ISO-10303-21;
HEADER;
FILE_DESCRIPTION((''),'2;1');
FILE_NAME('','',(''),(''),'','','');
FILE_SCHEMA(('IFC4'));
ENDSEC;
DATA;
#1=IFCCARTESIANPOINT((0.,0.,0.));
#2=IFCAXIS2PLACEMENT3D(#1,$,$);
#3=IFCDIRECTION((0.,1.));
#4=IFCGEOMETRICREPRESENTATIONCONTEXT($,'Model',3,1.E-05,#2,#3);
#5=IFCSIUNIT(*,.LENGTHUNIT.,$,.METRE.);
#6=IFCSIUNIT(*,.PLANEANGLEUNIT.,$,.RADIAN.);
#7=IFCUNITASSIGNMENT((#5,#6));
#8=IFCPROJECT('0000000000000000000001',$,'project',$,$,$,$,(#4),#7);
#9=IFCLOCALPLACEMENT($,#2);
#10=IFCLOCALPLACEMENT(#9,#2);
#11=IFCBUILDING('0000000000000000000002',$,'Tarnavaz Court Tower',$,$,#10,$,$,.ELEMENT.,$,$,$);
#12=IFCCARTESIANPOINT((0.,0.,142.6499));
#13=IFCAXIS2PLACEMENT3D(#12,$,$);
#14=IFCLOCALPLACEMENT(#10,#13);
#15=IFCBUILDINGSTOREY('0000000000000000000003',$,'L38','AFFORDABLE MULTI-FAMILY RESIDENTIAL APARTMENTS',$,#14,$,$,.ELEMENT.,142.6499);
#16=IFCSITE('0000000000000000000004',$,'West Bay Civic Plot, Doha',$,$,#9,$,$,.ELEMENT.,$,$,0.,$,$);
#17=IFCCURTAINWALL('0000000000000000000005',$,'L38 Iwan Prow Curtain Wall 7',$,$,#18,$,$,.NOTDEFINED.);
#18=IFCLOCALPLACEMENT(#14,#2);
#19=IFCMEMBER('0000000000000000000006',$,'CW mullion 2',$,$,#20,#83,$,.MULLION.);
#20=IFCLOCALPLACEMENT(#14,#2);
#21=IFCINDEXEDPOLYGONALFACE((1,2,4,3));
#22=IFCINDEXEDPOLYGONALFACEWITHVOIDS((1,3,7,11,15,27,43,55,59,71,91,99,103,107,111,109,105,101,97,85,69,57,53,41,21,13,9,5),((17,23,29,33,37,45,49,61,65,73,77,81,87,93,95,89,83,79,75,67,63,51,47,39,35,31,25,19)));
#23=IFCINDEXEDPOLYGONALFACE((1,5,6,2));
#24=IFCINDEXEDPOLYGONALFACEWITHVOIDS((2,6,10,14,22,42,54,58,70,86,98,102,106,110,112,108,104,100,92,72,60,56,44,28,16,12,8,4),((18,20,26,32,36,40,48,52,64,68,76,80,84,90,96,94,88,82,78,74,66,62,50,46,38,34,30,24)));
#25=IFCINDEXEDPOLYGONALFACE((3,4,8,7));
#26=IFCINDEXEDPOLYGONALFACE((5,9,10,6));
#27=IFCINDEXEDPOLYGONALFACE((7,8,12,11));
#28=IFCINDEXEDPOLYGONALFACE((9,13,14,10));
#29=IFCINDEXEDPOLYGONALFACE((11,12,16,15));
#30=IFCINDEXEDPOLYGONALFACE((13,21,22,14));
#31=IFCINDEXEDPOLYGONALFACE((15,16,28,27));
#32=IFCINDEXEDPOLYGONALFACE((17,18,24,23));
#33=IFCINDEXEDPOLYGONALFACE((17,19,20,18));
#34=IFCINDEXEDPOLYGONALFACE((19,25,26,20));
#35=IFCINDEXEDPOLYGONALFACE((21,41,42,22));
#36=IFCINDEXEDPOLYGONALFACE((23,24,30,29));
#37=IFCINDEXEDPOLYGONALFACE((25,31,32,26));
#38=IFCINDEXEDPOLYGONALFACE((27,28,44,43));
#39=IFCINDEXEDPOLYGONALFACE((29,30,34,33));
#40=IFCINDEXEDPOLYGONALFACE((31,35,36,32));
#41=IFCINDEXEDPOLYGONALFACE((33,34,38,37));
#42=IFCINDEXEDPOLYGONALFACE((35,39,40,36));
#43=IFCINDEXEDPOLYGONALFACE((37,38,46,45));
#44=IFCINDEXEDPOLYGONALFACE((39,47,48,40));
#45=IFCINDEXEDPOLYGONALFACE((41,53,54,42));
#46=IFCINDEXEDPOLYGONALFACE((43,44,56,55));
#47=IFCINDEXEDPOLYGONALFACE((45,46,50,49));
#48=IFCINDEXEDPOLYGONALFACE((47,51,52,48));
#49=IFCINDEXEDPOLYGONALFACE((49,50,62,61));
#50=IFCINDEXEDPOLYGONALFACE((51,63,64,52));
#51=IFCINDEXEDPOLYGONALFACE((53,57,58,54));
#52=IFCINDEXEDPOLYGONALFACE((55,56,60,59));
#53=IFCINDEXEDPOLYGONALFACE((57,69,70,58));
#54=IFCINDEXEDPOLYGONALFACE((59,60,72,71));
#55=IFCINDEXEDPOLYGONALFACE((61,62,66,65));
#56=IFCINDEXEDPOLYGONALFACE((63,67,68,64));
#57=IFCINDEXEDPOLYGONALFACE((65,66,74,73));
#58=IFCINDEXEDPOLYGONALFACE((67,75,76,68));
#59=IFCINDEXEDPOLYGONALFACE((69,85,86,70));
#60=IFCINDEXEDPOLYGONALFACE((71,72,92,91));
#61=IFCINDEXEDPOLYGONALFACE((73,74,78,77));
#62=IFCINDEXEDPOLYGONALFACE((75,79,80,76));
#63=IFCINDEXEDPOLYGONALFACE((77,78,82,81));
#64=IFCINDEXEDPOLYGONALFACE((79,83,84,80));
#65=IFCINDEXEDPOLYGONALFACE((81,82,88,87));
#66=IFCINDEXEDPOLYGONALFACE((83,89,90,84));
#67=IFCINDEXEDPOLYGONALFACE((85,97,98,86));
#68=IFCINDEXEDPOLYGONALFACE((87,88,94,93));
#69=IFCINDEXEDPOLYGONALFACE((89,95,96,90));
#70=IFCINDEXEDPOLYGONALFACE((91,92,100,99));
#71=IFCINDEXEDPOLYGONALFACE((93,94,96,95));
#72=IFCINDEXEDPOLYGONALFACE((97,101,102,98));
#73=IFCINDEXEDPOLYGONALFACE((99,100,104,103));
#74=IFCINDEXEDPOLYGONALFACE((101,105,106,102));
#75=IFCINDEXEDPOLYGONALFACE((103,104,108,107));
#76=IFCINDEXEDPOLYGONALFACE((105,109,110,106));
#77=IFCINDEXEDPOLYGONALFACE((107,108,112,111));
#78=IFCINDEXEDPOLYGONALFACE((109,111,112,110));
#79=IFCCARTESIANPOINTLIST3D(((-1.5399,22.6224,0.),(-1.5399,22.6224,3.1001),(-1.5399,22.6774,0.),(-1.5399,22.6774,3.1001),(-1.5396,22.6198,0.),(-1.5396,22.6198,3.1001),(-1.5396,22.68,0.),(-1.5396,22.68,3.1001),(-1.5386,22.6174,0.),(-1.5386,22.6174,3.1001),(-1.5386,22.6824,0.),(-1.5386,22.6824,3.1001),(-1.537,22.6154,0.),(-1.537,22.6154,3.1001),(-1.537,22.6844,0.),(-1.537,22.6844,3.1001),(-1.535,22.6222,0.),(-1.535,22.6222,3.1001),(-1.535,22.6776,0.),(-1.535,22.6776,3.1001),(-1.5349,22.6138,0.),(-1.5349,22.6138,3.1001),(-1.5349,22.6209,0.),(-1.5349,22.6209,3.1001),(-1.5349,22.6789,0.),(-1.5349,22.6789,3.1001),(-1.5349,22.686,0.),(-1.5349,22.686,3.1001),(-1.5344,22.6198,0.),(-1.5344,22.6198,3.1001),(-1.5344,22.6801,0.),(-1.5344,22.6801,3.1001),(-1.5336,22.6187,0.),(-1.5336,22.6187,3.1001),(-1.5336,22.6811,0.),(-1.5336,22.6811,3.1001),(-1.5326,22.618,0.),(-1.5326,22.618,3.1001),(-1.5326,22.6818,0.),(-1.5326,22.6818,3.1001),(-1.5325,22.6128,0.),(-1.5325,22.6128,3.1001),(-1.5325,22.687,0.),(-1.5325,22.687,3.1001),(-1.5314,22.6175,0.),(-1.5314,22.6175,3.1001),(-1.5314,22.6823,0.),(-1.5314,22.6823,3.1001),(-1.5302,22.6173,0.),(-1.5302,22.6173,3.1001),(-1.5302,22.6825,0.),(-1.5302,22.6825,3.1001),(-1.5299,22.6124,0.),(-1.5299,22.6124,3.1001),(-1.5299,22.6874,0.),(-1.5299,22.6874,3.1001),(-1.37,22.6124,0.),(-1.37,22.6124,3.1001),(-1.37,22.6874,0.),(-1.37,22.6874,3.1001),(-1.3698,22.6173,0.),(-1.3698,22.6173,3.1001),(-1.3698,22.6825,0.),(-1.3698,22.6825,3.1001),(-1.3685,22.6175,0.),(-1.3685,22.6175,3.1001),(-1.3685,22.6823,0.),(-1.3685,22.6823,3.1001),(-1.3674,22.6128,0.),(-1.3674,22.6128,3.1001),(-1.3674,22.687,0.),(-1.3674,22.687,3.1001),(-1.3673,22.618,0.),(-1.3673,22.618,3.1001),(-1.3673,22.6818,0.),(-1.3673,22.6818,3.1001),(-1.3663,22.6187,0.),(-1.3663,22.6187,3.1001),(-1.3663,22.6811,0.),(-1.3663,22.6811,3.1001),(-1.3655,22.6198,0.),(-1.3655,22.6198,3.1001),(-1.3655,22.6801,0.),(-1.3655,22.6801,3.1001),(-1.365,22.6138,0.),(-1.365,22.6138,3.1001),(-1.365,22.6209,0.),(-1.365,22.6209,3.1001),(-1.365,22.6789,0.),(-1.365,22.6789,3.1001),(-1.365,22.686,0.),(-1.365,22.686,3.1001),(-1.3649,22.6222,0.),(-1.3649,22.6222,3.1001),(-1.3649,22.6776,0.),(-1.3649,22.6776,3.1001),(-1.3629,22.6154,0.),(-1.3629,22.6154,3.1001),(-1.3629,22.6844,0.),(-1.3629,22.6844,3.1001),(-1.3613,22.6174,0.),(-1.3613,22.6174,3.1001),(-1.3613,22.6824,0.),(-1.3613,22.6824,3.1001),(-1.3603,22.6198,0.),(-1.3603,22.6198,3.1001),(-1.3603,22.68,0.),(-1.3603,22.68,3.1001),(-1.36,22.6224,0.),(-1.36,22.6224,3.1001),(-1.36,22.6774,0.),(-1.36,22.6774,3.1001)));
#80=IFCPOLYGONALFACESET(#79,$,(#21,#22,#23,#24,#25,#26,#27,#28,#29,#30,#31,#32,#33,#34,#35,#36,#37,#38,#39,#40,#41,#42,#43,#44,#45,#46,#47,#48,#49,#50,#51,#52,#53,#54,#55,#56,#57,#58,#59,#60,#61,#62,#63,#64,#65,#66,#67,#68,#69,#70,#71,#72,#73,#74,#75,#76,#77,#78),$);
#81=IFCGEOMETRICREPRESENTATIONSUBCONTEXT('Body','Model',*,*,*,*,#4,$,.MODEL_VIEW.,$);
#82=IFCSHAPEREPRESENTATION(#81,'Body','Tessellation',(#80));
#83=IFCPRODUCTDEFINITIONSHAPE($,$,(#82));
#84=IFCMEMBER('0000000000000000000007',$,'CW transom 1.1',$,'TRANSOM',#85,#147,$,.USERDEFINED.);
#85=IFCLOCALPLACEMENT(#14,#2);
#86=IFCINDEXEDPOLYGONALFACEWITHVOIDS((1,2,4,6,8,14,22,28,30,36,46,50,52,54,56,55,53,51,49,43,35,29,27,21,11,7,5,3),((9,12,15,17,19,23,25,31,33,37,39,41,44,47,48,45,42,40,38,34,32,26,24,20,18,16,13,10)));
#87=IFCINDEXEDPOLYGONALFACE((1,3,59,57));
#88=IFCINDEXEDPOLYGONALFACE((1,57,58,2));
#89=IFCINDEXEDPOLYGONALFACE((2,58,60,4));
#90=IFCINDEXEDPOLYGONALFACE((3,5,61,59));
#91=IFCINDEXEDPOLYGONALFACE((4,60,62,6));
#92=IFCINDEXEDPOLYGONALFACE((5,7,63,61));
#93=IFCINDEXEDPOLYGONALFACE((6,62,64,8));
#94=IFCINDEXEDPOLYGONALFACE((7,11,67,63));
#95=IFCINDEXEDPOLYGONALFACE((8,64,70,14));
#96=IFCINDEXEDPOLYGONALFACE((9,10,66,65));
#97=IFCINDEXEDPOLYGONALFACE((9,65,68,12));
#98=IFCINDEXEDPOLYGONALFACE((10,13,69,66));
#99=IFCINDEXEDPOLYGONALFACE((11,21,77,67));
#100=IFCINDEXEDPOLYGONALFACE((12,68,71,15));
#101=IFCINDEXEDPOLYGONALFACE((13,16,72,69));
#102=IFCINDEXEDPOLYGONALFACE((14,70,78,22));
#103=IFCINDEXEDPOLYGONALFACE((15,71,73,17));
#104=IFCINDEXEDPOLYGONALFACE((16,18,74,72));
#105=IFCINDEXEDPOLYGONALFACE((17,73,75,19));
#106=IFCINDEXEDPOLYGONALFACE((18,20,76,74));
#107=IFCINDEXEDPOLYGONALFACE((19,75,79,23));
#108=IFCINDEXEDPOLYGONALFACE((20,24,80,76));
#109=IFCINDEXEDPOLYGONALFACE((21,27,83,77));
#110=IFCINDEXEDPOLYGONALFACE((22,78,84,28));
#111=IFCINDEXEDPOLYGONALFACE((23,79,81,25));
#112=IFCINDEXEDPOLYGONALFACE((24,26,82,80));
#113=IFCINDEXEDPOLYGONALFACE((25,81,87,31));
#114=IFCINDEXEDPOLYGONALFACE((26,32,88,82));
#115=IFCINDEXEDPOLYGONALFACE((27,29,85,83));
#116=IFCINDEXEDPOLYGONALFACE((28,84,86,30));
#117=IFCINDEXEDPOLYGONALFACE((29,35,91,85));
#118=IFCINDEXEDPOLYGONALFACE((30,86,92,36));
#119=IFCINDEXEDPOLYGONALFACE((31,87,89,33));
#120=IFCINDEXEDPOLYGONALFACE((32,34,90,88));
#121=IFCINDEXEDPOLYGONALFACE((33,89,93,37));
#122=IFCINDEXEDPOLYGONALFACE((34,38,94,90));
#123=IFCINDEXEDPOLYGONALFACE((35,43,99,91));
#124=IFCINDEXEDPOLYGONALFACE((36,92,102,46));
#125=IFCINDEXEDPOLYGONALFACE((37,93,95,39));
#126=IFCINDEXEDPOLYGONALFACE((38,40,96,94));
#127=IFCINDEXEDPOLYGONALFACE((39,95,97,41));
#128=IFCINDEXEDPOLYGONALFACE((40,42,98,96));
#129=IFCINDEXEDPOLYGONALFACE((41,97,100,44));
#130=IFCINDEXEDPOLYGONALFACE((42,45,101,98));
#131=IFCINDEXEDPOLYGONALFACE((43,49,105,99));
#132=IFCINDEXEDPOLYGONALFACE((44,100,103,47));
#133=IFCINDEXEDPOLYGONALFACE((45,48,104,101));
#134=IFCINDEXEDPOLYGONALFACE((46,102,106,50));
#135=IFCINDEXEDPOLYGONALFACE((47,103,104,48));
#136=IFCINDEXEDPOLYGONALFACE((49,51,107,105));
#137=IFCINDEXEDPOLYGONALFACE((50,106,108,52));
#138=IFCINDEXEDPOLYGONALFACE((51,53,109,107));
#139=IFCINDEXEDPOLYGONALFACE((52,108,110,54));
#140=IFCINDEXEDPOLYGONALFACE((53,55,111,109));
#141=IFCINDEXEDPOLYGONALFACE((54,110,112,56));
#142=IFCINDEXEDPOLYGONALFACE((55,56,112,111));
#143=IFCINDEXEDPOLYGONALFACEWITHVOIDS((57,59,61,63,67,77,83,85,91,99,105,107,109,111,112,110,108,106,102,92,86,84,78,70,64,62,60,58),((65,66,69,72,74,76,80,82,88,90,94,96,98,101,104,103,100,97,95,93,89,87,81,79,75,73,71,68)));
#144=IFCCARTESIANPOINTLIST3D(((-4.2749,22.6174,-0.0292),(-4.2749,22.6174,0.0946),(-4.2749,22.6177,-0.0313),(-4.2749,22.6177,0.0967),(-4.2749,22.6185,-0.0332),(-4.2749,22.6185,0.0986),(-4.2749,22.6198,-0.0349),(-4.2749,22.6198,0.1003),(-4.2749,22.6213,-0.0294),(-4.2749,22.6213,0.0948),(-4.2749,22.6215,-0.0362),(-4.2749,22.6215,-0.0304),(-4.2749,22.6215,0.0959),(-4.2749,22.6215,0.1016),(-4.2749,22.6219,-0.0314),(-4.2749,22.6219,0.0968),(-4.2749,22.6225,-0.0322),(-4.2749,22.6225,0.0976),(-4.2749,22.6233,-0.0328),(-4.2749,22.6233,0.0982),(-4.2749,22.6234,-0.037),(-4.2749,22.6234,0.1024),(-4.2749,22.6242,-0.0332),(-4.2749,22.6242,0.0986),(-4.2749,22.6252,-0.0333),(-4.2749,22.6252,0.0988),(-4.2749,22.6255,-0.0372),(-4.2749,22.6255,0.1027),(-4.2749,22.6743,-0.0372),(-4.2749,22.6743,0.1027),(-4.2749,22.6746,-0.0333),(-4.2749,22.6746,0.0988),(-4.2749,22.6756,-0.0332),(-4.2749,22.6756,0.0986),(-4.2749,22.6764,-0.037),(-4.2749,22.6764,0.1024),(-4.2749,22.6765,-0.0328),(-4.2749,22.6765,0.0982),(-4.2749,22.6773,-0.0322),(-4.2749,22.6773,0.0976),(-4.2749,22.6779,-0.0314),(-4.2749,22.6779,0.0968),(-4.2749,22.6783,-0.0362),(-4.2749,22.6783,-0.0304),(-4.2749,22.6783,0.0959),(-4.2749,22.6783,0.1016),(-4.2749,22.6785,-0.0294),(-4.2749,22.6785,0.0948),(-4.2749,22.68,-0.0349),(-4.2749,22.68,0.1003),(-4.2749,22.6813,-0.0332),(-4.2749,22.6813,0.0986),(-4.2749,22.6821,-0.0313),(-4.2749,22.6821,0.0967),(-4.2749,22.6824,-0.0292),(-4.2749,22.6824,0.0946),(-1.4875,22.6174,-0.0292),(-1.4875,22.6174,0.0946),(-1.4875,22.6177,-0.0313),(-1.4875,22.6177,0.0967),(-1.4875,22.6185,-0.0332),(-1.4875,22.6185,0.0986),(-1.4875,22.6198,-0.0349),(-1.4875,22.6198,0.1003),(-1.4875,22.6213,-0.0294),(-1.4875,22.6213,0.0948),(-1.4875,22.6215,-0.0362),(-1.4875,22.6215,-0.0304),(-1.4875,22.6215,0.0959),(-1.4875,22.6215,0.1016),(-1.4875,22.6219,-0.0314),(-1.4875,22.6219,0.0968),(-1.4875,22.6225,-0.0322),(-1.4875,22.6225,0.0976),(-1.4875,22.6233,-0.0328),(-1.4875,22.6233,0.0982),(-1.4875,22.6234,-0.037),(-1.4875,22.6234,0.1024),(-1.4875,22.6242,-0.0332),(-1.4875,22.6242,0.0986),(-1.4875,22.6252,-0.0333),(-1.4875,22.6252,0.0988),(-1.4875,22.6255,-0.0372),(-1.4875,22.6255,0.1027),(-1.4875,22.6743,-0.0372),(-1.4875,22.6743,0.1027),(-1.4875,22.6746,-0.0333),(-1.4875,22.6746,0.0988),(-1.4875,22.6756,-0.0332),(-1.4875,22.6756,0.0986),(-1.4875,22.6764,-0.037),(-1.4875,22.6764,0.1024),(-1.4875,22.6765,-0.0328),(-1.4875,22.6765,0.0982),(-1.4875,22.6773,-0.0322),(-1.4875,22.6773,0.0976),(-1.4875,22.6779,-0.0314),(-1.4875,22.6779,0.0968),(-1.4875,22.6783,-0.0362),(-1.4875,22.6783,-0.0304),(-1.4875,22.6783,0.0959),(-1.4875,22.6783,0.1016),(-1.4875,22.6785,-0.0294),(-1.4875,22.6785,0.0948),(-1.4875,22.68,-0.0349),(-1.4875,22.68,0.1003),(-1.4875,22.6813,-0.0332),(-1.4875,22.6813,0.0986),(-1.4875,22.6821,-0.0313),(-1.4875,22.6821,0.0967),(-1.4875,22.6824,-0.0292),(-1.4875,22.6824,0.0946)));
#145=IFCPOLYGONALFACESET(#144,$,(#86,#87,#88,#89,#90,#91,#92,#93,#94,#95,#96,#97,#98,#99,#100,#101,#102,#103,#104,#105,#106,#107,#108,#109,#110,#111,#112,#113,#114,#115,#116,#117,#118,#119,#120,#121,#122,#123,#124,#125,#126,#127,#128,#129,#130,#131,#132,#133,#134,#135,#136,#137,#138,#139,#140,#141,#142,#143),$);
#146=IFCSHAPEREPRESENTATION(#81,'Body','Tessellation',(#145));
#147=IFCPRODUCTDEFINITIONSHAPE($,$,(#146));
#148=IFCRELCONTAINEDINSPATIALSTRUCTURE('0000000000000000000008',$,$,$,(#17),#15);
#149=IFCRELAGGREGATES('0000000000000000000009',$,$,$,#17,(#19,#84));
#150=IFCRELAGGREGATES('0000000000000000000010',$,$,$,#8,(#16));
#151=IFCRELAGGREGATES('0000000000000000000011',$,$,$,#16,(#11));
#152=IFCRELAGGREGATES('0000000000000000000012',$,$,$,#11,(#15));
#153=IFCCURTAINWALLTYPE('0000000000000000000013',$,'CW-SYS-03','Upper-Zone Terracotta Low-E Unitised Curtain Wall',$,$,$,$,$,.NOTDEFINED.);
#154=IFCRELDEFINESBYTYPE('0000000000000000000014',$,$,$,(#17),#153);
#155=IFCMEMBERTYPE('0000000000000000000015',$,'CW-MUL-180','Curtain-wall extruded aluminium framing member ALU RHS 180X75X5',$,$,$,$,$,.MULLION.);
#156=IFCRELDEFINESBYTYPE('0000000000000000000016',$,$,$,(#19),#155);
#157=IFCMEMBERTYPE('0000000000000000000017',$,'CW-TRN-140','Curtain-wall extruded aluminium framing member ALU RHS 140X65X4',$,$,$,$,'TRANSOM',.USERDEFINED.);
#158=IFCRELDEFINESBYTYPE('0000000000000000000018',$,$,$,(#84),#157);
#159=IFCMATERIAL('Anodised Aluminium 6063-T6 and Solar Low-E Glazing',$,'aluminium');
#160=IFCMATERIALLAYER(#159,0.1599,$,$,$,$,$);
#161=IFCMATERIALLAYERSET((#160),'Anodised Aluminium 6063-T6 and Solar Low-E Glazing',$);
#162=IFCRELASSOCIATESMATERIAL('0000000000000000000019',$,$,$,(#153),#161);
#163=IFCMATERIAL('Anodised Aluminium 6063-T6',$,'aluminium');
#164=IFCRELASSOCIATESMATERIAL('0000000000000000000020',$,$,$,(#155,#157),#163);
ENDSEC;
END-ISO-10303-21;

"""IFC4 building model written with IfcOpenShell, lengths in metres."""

from ifc_helpers import new_model, si_unit, direction, frame, origin, origin_2d, place, context, subcontext, project, spatial, hollow_rectangle, extrude, material, layer, layer_set, material_profile, profile_set, type_object, element, aggregate, save


model = new_model("IFC4")

# Units and contexts
model_context = context("Model", 3, precision=1e-05, world=origin(), true_north=direction((0.0, 1.0)))
body_context = subcontext(model_context, "Body", "Model", "MODEL_VIEW")
ifc_project = project(units=[si_unit("LENGTHUNIT", "METRE"), si_unit("PLANEANGLEUNIT", "RADIAN")], contexts=[model_context])

# Site, building, storey
site_placement = place(None, origin())
site = spatial("IfcSite", under=ifc_project, at=site_placement, Name="West Bay Civic Plot, Doha", CompositionType="ELEMENT", RefElevation=0.0)
building_placement = place(site_placement, origin())
building = spatial("IfcBuilding", under=site, at=building_placement, Name="Tarnavaz Court Tower", CompositionType="ELEMENT")
storey_placement = place(building_placement, frame((0.0, 0.0, 142.6499)))
storey = spatial("IfcBuildingStorey", under=building, at=storey_placement, Name="L38", Description="AFFORDABLE MULTI-FAMILY RESIDENTIAL APARTMENTS", CompositionType="ELEMENT", Elevation=142.6499)

# Curtain wall, members
ifc_material_1 = material(Name="Anodised Aluminium 6063-T6 and Solar Low-E Glazing", Category="aluminium")
ifc_layer_1 = layer(ifc_material_1, 0.1599)
ifc_layer_set_1 = layer_set([ifc_layer_1], Name="Anodised Aluminium 6063-T6 and Solar Low-E Glazing")
curtain_wall_type = type_object("IfcCurtainWallType", Name="CW-SYS-03", Description="Upper-Zone Terracotta Low-E Unitised Curtain Wall", PredefinedType="NOTDEFINED", material=ifc_layer_set_1)
curtain_wall_placement = place(storey_placement, origin())
curtain_wall = element("IfcCurtainWall", 1, at=curtain_wall_placement, inside=storey, type_object=curtain_wall_type, Name="L38 Iwan Prow Curtain Wall 7", PredefinedType="NOTDEFINED")
ifc_material_2 = material(Name="Anodised Aluminium 6063-T6", Category="aluminium")
ifc_material_profile_1 = material_profile(ifc_material_2, hollow_rectangle(XDim=0.075, YDim=0.1799, WallThickness=0.0049, InnerFilletRadius=0.0049, OuterFilletRadius=0.01, at=origin_2d()), Name="ALU RHS 180X75X5")
ifc_profile_set_1 = profile_set([ifc_material_profile_1], Name="Anodised Aluminium 6063-T6")
member_type_1 = type_object("IfcMemberType", Name="CW-MUL-180", Description="Curtain-wall extruded aluminium framing member ALU RHS 180X75X5", PredefinedType="MULLION", material=ifc_profile_set_1)
member_1_placement = place(storey_placement, frame((-1.45, 22.6499, 0.0), z_axis=(0.0, 0.0, 1.0), x_axis=(0.0, 1.0, 0.0)))
member_1 = element("IfcMember", 2, at=member_1_placement, type_object=member_type_1, Name="CW mullion 2", PredefinedType="MULLION", context=body_context, shape_type="SweptSolid", body=[
    extrude(hollow_rectangle(XDim=0.075, YDim=0.1799, WallThickness=0.0049, InnerFilletRadius=0.0049, OuterFilletRadius=0.01, at=origin_2d()), origin(), (0.0, 0.0, 1.0), 3.1001),
])
ifc_material_profile_2 = material_profile(ifc_material_2, hollow_rectangle(XDim=0.0649, YDim=0.1399, WallThickness=0.0039, InnerFilletRadius=0.0039, OuterFilletRadius=0.0081, at=origin_2d()), Name="ALU RHS 140X65X4")
ifc_profile_set_2 = profile_set([ifc_material_profile_2], Name="Anodised Aluminium 6063-T6")
member_type_2 = type_object("IfcMemberType", Name="CW-TRN-140", Description="Curtain-wall extruded aluminium framing member ALU RHS 140X65X4", ElementType="TRANSOM", PredefinedType="USERDEFINED", material=ifc_profile_set_2)
member_2_placement = place(storey_placement, frame((-4.2749, 22.6499, 0.0327), z_axis=(1.0, 0.0, 0.0), x_axis=(0.0, 1.0, 0.0)))
member_2 = element("IfcMember", 3, at=member_2_placement, type_object=member_type_2, Name="CW transom 1.1", ObjectType="TRANSOM", PredefinedType="USERDEFINED", context=body_context, shape_type="SweptSolid", body=[
    extrude(hollow_rectangle(XDim=0.0649, YDim=0.1399, WallThickness=0.0039, InnerFilletRadius=0.0039, OuterFilletRadius=0.0081, at=origin_2d()), origin(), (0.0, 0.0, 1.0), 2.7874),
])
aggregate(curtain_wall, [member_1, member_2])

save(model, "model.ifc")
